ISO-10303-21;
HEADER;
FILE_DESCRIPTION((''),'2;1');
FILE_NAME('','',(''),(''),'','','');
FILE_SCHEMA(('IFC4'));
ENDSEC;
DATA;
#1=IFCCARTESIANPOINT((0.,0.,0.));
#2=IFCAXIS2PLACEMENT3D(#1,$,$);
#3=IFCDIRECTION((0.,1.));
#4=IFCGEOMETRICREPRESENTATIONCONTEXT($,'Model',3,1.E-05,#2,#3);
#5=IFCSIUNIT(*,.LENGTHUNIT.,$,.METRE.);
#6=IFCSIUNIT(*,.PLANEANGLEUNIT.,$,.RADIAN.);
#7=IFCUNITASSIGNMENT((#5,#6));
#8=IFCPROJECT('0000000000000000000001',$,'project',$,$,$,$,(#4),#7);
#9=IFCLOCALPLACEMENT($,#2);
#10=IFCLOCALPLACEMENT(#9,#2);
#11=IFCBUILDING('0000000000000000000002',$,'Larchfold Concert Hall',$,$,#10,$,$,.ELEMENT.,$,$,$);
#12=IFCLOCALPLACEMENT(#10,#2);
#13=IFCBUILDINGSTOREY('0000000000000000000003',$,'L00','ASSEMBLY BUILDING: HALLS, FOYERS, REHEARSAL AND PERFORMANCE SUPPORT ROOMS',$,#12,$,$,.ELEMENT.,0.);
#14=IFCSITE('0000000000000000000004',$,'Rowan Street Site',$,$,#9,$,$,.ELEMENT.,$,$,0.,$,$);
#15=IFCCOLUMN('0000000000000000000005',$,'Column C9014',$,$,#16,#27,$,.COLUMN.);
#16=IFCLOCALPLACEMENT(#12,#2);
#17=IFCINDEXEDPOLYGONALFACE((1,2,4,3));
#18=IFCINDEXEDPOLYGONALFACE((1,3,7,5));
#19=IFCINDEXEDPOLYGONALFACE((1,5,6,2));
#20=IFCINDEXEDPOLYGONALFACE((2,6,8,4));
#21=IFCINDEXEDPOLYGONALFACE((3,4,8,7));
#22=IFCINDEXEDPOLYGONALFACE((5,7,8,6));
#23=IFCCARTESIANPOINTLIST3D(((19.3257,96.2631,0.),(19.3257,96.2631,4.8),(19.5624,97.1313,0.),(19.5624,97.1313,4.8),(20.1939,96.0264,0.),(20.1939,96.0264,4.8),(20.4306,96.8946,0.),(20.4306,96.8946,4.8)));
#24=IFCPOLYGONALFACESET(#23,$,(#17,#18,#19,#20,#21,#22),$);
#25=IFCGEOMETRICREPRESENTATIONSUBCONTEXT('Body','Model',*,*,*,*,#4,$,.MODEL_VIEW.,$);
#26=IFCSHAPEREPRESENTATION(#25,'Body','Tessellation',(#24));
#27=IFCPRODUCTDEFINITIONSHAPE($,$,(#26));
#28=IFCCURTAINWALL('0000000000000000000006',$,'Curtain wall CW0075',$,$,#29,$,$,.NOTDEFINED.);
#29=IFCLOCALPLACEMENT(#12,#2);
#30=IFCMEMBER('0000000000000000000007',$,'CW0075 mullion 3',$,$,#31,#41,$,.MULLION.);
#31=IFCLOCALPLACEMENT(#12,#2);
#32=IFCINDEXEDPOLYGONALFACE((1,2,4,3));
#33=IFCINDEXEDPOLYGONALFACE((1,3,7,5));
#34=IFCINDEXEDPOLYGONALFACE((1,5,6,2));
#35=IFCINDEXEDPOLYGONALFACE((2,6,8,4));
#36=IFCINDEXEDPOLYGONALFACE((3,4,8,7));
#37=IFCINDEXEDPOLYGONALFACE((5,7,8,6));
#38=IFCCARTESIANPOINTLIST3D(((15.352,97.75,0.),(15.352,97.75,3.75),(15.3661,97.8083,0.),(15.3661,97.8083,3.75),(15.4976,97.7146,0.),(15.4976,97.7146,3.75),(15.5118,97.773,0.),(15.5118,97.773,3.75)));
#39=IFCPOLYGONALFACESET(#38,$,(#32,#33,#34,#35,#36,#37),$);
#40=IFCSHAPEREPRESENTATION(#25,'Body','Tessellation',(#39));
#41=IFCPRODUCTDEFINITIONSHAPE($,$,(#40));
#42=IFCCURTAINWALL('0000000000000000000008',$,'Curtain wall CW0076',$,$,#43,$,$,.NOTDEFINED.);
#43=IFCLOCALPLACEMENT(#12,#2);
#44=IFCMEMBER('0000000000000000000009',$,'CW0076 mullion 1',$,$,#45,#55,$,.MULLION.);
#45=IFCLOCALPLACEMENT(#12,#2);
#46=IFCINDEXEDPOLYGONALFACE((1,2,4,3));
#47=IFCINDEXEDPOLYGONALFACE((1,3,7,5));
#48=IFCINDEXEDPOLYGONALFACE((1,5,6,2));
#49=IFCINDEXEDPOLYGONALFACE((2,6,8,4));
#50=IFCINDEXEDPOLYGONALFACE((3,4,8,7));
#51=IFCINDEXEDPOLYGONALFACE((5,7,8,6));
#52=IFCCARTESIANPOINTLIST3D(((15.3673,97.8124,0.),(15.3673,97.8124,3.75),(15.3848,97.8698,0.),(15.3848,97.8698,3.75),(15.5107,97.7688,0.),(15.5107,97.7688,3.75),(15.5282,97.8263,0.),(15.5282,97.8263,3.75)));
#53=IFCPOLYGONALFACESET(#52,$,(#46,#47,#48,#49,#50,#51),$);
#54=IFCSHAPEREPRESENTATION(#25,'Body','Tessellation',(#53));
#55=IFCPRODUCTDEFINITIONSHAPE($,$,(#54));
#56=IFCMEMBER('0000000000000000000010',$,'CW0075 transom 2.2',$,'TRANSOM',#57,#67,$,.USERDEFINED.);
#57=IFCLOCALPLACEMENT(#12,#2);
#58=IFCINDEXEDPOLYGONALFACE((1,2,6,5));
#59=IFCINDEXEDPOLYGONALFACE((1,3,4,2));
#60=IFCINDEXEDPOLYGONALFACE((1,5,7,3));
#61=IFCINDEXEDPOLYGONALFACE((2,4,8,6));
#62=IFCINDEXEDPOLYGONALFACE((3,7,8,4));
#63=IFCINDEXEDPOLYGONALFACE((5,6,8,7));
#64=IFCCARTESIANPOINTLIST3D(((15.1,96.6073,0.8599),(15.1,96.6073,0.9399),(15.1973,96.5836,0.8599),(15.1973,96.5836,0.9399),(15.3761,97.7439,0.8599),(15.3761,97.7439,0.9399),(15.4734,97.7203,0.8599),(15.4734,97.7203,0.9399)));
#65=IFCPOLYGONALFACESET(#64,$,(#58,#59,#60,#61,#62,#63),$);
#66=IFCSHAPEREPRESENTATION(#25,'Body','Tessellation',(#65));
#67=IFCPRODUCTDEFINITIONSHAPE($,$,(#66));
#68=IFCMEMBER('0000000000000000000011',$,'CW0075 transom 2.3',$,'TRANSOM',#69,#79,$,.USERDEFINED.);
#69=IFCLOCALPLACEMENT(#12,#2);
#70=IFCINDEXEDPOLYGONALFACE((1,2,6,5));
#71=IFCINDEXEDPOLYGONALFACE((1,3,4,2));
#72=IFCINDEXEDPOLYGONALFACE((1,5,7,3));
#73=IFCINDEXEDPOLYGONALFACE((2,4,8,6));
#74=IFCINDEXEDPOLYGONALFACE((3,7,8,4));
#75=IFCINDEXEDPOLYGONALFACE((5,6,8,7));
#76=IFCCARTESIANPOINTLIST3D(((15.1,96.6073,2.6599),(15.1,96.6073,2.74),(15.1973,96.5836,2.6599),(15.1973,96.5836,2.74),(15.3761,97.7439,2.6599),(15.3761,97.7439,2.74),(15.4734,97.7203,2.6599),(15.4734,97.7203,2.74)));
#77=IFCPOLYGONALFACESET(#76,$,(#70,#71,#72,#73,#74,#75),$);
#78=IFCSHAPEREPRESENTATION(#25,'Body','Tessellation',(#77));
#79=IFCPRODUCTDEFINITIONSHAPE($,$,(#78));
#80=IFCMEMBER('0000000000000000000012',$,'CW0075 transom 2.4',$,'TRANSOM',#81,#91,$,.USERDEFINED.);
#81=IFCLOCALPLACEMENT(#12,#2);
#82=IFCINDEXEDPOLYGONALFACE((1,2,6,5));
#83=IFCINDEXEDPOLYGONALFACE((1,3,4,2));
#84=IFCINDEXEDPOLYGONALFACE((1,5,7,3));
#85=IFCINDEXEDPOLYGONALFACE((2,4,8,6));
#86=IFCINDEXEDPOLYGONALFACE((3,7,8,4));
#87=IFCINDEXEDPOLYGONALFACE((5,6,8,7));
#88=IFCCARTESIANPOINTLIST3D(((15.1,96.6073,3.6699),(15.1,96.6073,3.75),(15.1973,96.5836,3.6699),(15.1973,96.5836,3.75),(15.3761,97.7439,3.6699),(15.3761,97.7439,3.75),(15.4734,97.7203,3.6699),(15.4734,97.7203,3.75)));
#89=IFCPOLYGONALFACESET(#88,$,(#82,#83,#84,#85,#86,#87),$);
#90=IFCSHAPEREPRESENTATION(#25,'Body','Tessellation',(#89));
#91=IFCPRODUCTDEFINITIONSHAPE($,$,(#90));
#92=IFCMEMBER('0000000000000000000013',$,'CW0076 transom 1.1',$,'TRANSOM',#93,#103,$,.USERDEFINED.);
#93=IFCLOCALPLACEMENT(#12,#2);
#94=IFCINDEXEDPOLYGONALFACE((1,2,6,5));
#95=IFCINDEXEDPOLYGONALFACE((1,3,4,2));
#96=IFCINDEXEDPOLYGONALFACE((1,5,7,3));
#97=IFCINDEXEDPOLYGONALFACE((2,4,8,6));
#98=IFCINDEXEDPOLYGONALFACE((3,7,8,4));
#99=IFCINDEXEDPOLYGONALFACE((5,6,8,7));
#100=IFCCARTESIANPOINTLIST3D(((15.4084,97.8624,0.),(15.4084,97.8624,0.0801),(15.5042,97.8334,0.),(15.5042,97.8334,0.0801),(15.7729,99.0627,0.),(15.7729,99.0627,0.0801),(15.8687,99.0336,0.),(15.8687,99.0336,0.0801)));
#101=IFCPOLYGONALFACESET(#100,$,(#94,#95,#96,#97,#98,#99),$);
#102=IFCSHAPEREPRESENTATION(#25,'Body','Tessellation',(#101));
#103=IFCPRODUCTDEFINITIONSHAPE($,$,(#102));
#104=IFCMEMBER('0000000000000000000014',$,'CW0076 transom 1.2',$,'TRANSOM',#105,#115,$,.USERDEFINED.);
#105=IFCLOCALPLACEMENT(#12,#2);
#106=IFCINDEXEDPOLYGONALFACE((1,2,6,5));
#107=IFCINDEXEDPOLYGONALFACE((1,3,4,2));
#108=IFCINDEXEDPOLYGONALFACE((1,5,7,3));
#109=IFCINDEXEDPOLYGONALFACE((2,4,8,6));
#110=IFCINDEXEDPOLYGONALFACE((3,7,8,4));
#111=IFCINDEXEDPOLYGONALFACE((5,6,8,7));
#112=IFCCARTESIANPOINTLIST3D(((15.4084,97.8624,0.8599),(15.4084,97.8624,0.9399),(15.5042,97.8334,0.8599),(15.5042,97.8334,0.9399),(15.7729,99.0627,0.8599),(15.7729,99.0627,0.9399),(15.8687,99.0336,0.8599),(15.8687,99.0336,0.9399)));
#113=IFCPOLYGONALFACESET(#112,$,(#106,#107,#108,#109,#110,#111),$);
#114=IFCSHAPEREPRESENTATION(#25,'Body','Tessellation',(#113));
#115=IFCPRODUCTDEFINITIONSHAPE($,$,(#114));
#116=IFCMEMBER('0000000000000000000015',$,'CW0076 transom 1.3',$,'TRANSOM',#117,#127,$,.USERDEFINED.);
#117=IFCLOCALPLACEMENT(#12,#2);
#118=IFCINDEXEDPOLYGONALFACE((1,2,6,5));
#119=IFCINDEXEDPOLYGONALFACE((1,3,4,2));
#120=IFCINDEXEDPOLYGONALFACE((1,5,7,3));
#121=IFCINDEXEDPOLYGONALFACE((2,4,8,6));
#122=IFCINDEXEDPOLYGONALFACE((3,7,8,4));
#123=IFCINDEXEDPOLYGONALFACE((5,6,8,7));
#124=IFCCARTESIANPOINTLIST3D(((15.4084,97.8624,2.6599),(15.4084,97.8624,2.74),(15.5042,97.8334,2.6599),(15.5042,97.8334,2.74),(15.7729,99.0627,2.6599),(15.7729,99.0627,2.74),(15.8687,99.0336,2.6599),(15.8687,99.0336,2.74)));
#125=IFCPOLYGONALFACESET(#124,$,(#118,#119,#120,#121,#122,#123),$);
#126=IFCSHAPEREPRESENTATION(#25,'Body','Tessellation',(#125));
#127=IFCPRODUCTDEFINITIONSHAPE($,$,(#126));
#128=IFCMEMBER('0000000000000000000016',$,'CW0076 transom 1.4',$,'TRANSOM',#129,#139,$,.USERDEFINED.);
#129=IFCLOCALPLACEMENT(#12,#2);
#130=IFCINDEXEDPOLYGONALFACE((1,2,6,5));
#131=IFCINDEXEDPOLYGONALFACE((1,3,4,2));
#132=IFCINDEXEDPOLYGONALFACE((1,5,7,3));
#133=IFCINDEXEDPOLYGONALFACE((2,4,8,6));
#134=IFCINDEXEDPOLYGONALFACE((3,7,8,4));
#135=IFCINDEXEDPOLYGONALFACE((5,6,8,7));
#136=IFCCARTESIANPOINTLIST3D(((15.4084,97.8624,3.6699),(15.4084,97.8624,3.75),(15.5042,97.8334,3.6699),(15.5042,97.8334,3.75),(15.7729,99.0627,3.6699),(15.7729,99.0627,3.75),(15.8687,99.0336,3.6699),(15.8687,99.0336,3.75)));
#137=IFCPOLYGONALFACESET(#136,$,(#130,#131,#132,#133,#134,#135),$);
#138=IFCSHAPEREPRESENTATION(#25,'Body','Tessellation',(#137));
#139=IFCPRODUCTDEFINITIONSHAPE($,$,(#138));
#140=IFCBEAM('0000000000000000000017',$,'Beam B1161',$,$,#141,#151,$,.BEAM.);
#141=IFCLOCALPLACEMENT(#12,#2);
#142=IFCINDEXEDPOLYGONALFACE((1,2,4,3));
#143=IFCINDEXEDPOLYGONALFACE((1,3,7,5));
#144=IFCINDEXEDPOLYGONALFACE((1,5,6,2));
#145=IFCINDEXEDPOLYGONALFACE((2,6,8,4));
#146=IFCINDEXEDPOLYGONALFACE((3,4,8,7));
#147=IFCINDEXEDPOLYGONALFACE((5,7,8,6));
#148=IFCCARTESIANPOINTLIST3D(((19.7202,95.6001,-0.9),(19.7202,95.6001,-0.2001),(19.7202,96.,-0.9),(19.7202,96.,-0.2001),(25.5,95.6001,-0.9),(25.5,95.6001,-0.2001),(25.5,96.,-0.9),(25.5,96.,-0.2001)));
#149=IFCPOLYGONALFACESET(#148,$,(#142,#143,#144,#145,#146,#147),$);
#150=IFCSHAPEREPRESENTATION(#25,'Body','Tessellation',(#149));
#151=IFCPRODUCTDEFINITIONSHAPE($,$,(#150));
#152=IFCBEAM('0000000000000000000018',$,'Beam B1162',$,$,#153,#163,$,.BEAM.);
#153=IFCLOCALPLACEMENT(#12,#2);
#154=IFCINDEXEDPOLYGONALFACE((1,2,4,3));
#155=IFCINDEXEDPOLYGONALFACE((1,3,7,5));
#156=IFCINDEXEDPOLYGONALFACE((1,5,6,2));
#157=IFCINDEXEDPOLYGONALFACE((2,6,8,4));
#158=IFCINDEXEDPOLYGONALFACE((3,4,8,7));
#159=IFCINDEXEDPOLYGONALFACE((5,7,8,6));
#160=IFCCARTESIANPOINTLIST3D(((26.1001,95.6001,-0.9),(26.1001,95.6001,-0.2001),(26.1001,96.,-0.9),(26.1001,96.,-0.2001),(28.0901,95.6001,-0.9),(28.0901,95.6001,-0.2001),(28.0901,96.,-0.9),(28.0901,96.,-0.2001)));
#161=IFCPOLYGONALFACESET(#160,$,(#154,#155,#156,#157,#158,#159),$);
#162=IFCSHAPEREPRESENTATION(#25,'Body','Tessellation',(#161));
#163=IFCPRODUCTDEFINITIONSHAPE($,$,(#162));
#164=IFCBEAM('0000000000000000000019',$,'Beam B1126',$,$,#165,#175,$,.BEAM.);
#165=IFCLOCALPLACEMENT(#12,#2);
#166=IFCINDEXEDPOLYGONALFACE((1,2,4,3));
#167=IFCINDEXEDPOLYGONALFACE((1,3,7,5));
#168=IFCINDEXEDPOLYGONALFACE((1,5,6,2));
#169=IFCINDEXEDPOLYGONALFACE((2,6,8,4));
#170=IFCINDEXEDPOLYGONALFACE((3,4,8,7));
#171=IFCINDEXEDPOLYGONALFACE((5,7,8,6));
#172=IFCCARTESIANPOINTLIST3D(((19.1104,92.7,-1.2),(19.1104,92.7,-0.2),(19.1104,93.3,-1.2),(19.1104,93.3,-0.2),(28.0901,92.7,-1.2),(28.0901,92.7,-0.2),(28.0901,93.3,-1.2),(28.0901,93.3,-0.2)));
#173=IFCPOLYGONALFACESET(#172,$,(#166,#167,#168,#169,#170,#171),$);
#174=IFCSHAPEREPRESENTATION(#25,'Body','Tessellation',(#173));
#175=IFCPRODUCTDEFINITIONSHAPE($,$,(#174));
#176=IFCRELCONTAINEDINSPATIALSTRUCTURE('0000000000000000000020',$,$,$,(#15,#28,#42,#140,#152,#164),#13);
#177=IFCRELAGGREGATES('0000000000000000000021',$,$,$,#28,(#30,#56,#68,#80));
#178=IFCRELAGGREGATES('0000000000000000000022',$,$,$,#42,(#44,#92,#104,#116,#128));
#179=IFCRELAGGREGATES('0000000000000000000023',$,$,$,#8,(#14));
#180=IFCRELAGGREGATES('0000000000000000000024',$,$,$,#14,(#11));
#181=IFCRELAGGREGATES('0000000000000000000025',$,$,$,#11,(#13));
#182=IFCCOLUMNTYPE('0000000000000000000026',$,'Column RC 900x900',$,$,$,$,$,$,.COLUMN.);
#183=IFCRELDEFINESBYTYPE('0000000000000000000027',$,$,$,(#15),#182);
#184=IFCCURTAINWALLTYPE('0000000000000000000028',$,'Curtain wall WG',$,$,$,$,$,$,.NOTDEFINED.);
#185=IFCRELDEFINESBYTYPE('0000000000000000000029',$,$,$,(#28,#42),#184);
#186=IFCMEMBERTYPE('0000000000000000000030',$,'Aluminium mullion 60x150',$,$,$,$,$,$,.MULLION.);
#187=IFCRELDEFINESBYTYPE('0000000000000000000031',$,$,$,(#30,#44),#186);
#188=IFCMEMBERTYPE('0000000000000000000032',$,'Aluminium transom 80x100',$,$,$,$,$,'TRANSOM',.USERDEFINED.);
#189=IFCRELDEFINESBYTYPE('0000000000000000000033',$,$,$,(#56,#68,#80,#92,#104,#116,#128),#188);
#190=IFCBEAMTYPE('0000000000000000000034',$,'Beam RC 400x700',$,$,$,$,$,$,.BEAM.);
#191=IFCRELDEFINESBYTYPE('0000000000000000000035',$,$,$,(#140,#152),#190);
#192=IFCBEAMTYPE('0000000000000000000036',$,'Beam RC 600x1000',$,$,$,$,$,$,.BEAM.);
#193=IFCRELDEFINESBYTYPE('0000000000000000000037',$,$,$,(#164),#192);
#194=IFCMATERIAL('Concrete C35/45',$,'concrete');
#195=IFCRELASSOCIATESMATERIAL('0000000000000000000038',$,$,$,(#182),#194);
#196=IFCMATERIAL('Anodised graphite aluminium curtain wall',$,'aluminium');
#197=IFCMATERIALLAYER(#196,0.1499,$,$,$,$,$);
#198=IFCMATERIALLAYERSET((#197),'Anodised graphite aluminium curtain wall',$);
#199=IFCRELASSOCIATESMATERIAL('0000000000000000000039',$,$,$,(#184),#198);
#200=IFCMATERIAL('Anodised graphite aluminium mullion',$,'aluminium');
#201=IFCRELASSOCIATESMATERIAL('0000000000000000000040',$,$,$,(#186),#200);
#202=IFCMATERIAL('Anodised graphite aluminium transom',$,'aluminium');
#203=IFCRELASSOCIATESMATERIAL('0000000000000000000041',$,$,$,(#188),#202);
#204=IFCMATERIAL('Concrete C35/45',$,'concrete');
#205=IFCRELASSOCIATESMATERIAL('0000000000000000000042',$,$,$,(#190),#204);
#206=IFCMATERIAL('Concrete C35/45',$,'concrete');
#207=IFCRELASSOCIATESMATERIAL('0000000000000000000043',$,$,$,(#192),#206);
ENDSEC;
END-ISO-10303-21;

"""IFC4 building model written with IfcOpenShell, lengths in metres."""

from ifc_helpers import new_model, si_unit, direction, frame, origin, origin_2d, place, context, subcontext, project, spatial, rectangle, extrude, material, layer, layer_set, material_profile, profile_set, type_object, element, aggregate, save


model = new_model("IFC4")

# Units and contexts
model_context = context("Model", 3, precision=1e-05, world=origin(), true_north=direction((0.0, 1.0)))
body_context = subcontext(model_context, "Body", "Model", "MODEL_VIEW")
ifc_project = project(units=[si_unit("LENGTHUNIT", "METRE"), si_unit("PLANEANGLEUNIT", "RADIAN")], contexts=[model_context])

# Site, building, storey
site_placement = place(None, origin())
site = spatial("IfcSite", under=ifc_project, at=site_placement, Name="Rowan Street Site", CompositionType="ELEMENT", RefElevation=0.0)
building_placement = place(site_placement, origin())
building = spatial("IfcBuilding", under=site, at=building_placement, Name="Larchfold Concert Hall", CompositionType="ELEMENT")
storey_placement = place(building_placement, origin())
storey = spatial("IfcBuildingStorey", under=building, at=storey_placement, Name="L00", Description="ASSEMBLY BUILDING: HALLS, FOYERS, REHEARSAL AND PERFORMANCE SUPPORT ROOMS", CompositionType="ELEMENT", Elevation=0.0)

# Column
ifc_material_1 = material(Name="Concrete C35/45", Category="concrete")
ifc_material_profile_1 = material_profile(ifc_material_1, rectangle(XDim=0.8999, YDim=0.8999, at=origin_2d()))
ifc_profile_set_1 = profile_set([ifc_material_profile_1], Name="Concrete C35/45")
column_type = type_object("IfcColumnType", Name="Column RC 900x900", PredefinedType="COLUMN", material=ifc_profile_set_1)
column_placement = place(storey_placement, frame((19.8782, 96.5789, 0.0), z_axis=(0.0, 0.0, 1.0), x_axis=(0.263031, 0.964788, 0.0)))
element("IfcColumn", 1, at=column_placement, inside=storey, type_object=column_type, Name="Column C9014", PredefinedType="COLUMN", context=body_context, shape_type="SweptSolid", body=[
    extrude(rectangle(XDim=0.8999, YDim=0.8999, at=origin_2d()), origin(), (0.0, 0.0, 1.0), 4.8),
])

# Curtain walls, members
ifc_material_2 = material(Name="Anodised graphite aluminium curtain wall", Category="aluminium")
ifc_layer_1 = layer(ifc_material_2, 0.1499)
ifc_layer_set_1 = layer_set([ifc_layer_1], Name="Anodised graphite aluminium curtain wall")
curtain_wall_type = type_object("IfcCurtainWallType", Name="Curtain wall WG", PredefinedType="NOTDEFINED", material=ifc_layer_set_1)
curtain_wall_1_placement = place(storey_placement, origin())
curtain_wall_1 = element("IfcCurtainWall", 2, at=curtain_wall_1_placement, inside=storey, type_object=curtain_wall_type, Name="Curtain wall CW0075", PredefinedType="NOTDEFINED")
ifc_material_3 = material(Name="Anodised graphite aluminium mullion", Category="aluminium")
ifc_material_profile_2 = material_profile(ifc_material_3, rectangle(XDim=0.1499, YDim=0.0601, at=origin_2d()))
ifc_profile_set_2 = profile_set([ifc_material_profile_2], Name="Anodised graphite aluminium mullion")
member_type_1 = type_object("IfcMemberType", Name="Aluminium mullion 60x150", PredefinedType="MULLION", material=ifc_profile_set_2)
member_1_placement = place(storey_placement, frame((15.4319, 97.7615, 0.0), z_axis=(0.0, 0.0, 1.0), x_axis=(-0.971762, 0.235963, 0.0)))
member_1 = element("IfcMember", 3, at=member_1_placement, type_object=member_type_1, Name="CW0075 mullion 3", PredefinedType="MULLION", context=body_context, shape_type="SweptSolid", body=[
    extrude(rectangle(XDim=0.1499, YDim=0.0601, at=origin_2d()), origin(), (0.0, 0.0, 1.0), 3.75),
])
curtain_wall_2_placement = place(storey_placement, origin())
curtain_wall_2 = element("IfcCurtainWall", 4, at=curtain_wall_2_placement, inside=storey, type_object=curtain_wall_type, Name="Curtain wall CW0076", PredefinedType="NOTDEFINED")
member_2_placement = place(storey_placement, frame((15.4478, 97.8193, 0.0), z_axis=(0.0, 0.0, 1.0), x_axis=(-0.956856, 0.290562, 0.0)))
member_2 = element("IfcMember", 5, at=member_2_placement, type_object=member_type_1, Name="CW0076 mullion 1", PredefinedType="MULLION", context=body_context, shape_type="SweptSolid", body=[
    extrude(rectangle(XDim=0.1499, YDim=0.0601, at=origin_2d()), origin(), (0.0, 0.0, 1.0), 3.75),
])

# Members
ifc_material_4 = material(Name="Anodised graphite aluminium transom", Category="aluminium")
ifc_material_profile_3 = material_profile(ifc_material_4, rectangle(XDim=0.1001, YDim=0.0801, at=origin_2d()))
ifc_profile_set_3 = profile_set([ifc_material_profile_3], Name="Anodised graphite aluminium transom")
member_type_2 = type_object("IfcMemberType", Name="Aluminium transom 80x100", ElementType="TRANSOM", PredefinedType="USERDEFINED", material=ifc_profile_set_3)
member_3_placement = place(storey_placement, frame((15.1487, 96.5955, 0.8999), z_axis=(0.236048, 0.971741, 0.0), x_axis=(-0.971741, 0.236048, 0.0)))
member_3 = element("IfcMember", 6, at=member_3_placement, type_object=member_type_2, Name="CW0075 transom 2.2", ObjectType="TRANSOM", PredefinedType="USERDEFINED", context=body_context, shape_type="SweptSolid", body=[
    extrude(rectangle(XDim=0.1001, YDim=0.0801, at=origin_2d()), origin(), (0.0, 0.0, 1.0), 1.1697),
])
member_4_placement = place(storey_placement, frame((15.1487, 96.5955, 2.7), z_axis=(0.236048, 0.971741, 0.0), x_axis=(-0.971741, 0.236048, 0.0)))
member_4 = element("IfcMember", 7, at=member_4_placement, type_object=member_type_2, Name="CW0075 transom 2.3", ObjectType="TRANSOM", PredefinedType="USERDEFINED", context=body_context, shape_type="SweptSolid", body=[
    extrude(rectangle(XDim=0.1001, YDim=0.0801, at=origin_2d()), origin(), (0.0, 0.0, 1.0), 1.1697),
])
member_5_placement = place(storey_placement, frame((15.1487, 96.5955, 3.71), z_axis=(0.236048, 0.971741, 0.0), x_axis=(-0.971741, 0.236048, 0.0)))
member_5 = element("IfcMember", 8, at=member_5_placement, type_object=member_type_2, Name="CW0075 transom 2.4", ObjectType="TRANSOM", PredefinedType="USERDEFINED", context=body_context, shape_type="SweptSolid", body=[
    extrude(rectangle(XDim=0.1001, YDim=0.0801, at=origin_2d()), origin(), (0.0, 0.0, 1.0), 1.1697),
])
member_6_placement = place(storey_placement, frame((15.4563, 97.8479, 0.04), z_axis=(0.290596, 0.956846, 0.0), x_axis=(-0.956846, 0.290596, 0.0)))
member_6 = element("IfcMember", 9, at=member_6_placement, type_object=member_type_2, Name="CW0076 transom 1.1", ObjectType="TRANSOM", PredefinedType="USERDEFINED", context=body_context, shape_type="SweptSolid", body=[
    extrude(rectangle(XDim=0.1001, YDim=0.0801, at=origin_2d()), origin(), (0.0, 0.0, 1.0), 1.2544),
])
member_7_placement = place(storey_placement, frame((15.4563, 97.8479, 0.8999), z_axis=(0.290596, 0.956846, 0.0), x_axis=(-0.956846, 0.290596, 0.0)))
member_7 = element("IfcMember", 10, at=member_7_placement, type_object=member_type_2, Name="CW0076 transom 1.2", ObjectType="TRANSOM", PredefinedType="USERDEFINED", context=body_context, shape_type="SweptSolid", body=[
    extrude(rectangle(XDim=0.1001, YDim=0.0801, at=origin_2d()), origin(), (0.0, 0.0, 1.0), 1.2544),
])
member_8_placement = place(storey_placement, frame((15.4563, 97.8479, 2.7), z_axis=(0.290596, 0.956846, 0.0), x_axis=(-0.956846, 0.290596, 0.0)))
member_8 = element("IfcMember", 11, at=member_8_placement, type_object=member_type_2, Name="CW0076 transom 1.3", ObjectType="TRANSOM", PredefinedType="USERDEFINED", context=body_context, shape_type="SweptSolid", body=[
    extrude(rectangle(XDim=0.1001, YDim=0.0801, at=origin_2d()), origin(), (0.0, 0.0, 1.0), 1.2544),
])
member_9_placement = place(storey_placement, frame((15.4563, 97.8479, 3.71), z_axis=(0.290596, 0.956846, 0.0), x_axis=(-0.956846, 0.290596, 0.0)))
member_9 = element("IfcMember", 12, at=member_9_placement, type_object=member_type_2, Name="CW0076 transom 1.4", ObjectType="TRANSOM", PredefinedType="USERDEFINED", context=body_context, shape_type="SweptSolid", body=[
    extrude(rectangle(XDim=0.1001, YDim=0.0801, at=origin_2d()), origin(), (0.0, 0.0, 1.0), 1.2544),
])

# Beams
ifc_material_5 = material(Name="Concrete C35/45", Category="concrete")
ifc_material_profile_4 = material_profile(ifc_material_5, rectangle(XDim=0.3999, YDim=0.7, at=origin_2d()))
ifc_profile_set_4 = profile_set([ifc_material_profile_4], Name="Concrete C35/45")
beam_type_1 = type_object("IfcBeamType", Name="Beam RC 400x700", PredefinedType="BEAM", material=ifc_profile_set_4)
beam_1_placement = place(storey_placement, frame((19.7202, 95.8, -0.55), z_axis=(1.0, 0.0, 0.0), x_axis=(0.0, 1.0, 0.0)))
element("IfcBeam", 13, at=beam_1_placement, inside=storey, type_object=beam_type_1, Name="Beam B1161", PredefinedType="BEAM", context=body_context, shape_type="SweptSolid", body=[
    extrude(rectangle(XDim=0.3999, YDim=0.7, at=origin_2d()), origin(), (0.0, 0.0, 1.0), 5.7798),
])
beam_2_placement = place(storey_placement, frame((26.1001, 95.8, -0.55), z_axis=(1.0, 0.0, 0.0), x_axis=(0.0, 1.0, 0.0)))
element("IfcBeam", 14, at=beam_2_placement, inside=storey, type_object=beam_type_1, Name="Beam B1162", PredefinedType="BEAM", context=body_context, shape_type="SweptSolid", body=[
    extrude(rectangle(XDim=0.3999, YDim=0.7, at=origin_2d()), origin(), (0.0, 0.0, 1.0), 1.99),
])
ifc_material_6 = material(Name="Concrete C35/45", Category="concrete")
ifc_material_profile_5 = material_profile(ifc_material_6, rectangle(XDim=0.6001, YDim=1.0, at=origin_2d()))
ifc_profile_set_5 = profile_set([ifc_material_profile_5], Name="Concrete C35/45")
beam_type_2 = type_object("IfcBeamType", Name="Beam RC 600x1000", PredefinedType="BEAM", material=ifc_profile_set_5)
beam_3_placement = place(storey_placement, frame((19.1104, 93.0, -0.7), z_axis=(1.0, 0.0, 0.0), x_axis=(0.0, 1.0, 0.0)))
element("IfcBeam", 15, at=beam_3_placement, inside=storey, type_object=beam_type_2, Name="Beam B1126", PredefinedType="BEAM", context=body_context, shape_type="SweptSolid", body=[
    extrude(rectangle(XDim=0.6001, YDim=1.0, at=origin_2d()), origin(), (0.0, 0.0, 1.0), 8.9797),
])

aggregate(curtain_wall_1, [member_1, member_3, member_4, member_5])
aggregate(curtain_wall_2, [member_2, member_6, member_7, member_8, member_9])

save(model, "model.ifc")
